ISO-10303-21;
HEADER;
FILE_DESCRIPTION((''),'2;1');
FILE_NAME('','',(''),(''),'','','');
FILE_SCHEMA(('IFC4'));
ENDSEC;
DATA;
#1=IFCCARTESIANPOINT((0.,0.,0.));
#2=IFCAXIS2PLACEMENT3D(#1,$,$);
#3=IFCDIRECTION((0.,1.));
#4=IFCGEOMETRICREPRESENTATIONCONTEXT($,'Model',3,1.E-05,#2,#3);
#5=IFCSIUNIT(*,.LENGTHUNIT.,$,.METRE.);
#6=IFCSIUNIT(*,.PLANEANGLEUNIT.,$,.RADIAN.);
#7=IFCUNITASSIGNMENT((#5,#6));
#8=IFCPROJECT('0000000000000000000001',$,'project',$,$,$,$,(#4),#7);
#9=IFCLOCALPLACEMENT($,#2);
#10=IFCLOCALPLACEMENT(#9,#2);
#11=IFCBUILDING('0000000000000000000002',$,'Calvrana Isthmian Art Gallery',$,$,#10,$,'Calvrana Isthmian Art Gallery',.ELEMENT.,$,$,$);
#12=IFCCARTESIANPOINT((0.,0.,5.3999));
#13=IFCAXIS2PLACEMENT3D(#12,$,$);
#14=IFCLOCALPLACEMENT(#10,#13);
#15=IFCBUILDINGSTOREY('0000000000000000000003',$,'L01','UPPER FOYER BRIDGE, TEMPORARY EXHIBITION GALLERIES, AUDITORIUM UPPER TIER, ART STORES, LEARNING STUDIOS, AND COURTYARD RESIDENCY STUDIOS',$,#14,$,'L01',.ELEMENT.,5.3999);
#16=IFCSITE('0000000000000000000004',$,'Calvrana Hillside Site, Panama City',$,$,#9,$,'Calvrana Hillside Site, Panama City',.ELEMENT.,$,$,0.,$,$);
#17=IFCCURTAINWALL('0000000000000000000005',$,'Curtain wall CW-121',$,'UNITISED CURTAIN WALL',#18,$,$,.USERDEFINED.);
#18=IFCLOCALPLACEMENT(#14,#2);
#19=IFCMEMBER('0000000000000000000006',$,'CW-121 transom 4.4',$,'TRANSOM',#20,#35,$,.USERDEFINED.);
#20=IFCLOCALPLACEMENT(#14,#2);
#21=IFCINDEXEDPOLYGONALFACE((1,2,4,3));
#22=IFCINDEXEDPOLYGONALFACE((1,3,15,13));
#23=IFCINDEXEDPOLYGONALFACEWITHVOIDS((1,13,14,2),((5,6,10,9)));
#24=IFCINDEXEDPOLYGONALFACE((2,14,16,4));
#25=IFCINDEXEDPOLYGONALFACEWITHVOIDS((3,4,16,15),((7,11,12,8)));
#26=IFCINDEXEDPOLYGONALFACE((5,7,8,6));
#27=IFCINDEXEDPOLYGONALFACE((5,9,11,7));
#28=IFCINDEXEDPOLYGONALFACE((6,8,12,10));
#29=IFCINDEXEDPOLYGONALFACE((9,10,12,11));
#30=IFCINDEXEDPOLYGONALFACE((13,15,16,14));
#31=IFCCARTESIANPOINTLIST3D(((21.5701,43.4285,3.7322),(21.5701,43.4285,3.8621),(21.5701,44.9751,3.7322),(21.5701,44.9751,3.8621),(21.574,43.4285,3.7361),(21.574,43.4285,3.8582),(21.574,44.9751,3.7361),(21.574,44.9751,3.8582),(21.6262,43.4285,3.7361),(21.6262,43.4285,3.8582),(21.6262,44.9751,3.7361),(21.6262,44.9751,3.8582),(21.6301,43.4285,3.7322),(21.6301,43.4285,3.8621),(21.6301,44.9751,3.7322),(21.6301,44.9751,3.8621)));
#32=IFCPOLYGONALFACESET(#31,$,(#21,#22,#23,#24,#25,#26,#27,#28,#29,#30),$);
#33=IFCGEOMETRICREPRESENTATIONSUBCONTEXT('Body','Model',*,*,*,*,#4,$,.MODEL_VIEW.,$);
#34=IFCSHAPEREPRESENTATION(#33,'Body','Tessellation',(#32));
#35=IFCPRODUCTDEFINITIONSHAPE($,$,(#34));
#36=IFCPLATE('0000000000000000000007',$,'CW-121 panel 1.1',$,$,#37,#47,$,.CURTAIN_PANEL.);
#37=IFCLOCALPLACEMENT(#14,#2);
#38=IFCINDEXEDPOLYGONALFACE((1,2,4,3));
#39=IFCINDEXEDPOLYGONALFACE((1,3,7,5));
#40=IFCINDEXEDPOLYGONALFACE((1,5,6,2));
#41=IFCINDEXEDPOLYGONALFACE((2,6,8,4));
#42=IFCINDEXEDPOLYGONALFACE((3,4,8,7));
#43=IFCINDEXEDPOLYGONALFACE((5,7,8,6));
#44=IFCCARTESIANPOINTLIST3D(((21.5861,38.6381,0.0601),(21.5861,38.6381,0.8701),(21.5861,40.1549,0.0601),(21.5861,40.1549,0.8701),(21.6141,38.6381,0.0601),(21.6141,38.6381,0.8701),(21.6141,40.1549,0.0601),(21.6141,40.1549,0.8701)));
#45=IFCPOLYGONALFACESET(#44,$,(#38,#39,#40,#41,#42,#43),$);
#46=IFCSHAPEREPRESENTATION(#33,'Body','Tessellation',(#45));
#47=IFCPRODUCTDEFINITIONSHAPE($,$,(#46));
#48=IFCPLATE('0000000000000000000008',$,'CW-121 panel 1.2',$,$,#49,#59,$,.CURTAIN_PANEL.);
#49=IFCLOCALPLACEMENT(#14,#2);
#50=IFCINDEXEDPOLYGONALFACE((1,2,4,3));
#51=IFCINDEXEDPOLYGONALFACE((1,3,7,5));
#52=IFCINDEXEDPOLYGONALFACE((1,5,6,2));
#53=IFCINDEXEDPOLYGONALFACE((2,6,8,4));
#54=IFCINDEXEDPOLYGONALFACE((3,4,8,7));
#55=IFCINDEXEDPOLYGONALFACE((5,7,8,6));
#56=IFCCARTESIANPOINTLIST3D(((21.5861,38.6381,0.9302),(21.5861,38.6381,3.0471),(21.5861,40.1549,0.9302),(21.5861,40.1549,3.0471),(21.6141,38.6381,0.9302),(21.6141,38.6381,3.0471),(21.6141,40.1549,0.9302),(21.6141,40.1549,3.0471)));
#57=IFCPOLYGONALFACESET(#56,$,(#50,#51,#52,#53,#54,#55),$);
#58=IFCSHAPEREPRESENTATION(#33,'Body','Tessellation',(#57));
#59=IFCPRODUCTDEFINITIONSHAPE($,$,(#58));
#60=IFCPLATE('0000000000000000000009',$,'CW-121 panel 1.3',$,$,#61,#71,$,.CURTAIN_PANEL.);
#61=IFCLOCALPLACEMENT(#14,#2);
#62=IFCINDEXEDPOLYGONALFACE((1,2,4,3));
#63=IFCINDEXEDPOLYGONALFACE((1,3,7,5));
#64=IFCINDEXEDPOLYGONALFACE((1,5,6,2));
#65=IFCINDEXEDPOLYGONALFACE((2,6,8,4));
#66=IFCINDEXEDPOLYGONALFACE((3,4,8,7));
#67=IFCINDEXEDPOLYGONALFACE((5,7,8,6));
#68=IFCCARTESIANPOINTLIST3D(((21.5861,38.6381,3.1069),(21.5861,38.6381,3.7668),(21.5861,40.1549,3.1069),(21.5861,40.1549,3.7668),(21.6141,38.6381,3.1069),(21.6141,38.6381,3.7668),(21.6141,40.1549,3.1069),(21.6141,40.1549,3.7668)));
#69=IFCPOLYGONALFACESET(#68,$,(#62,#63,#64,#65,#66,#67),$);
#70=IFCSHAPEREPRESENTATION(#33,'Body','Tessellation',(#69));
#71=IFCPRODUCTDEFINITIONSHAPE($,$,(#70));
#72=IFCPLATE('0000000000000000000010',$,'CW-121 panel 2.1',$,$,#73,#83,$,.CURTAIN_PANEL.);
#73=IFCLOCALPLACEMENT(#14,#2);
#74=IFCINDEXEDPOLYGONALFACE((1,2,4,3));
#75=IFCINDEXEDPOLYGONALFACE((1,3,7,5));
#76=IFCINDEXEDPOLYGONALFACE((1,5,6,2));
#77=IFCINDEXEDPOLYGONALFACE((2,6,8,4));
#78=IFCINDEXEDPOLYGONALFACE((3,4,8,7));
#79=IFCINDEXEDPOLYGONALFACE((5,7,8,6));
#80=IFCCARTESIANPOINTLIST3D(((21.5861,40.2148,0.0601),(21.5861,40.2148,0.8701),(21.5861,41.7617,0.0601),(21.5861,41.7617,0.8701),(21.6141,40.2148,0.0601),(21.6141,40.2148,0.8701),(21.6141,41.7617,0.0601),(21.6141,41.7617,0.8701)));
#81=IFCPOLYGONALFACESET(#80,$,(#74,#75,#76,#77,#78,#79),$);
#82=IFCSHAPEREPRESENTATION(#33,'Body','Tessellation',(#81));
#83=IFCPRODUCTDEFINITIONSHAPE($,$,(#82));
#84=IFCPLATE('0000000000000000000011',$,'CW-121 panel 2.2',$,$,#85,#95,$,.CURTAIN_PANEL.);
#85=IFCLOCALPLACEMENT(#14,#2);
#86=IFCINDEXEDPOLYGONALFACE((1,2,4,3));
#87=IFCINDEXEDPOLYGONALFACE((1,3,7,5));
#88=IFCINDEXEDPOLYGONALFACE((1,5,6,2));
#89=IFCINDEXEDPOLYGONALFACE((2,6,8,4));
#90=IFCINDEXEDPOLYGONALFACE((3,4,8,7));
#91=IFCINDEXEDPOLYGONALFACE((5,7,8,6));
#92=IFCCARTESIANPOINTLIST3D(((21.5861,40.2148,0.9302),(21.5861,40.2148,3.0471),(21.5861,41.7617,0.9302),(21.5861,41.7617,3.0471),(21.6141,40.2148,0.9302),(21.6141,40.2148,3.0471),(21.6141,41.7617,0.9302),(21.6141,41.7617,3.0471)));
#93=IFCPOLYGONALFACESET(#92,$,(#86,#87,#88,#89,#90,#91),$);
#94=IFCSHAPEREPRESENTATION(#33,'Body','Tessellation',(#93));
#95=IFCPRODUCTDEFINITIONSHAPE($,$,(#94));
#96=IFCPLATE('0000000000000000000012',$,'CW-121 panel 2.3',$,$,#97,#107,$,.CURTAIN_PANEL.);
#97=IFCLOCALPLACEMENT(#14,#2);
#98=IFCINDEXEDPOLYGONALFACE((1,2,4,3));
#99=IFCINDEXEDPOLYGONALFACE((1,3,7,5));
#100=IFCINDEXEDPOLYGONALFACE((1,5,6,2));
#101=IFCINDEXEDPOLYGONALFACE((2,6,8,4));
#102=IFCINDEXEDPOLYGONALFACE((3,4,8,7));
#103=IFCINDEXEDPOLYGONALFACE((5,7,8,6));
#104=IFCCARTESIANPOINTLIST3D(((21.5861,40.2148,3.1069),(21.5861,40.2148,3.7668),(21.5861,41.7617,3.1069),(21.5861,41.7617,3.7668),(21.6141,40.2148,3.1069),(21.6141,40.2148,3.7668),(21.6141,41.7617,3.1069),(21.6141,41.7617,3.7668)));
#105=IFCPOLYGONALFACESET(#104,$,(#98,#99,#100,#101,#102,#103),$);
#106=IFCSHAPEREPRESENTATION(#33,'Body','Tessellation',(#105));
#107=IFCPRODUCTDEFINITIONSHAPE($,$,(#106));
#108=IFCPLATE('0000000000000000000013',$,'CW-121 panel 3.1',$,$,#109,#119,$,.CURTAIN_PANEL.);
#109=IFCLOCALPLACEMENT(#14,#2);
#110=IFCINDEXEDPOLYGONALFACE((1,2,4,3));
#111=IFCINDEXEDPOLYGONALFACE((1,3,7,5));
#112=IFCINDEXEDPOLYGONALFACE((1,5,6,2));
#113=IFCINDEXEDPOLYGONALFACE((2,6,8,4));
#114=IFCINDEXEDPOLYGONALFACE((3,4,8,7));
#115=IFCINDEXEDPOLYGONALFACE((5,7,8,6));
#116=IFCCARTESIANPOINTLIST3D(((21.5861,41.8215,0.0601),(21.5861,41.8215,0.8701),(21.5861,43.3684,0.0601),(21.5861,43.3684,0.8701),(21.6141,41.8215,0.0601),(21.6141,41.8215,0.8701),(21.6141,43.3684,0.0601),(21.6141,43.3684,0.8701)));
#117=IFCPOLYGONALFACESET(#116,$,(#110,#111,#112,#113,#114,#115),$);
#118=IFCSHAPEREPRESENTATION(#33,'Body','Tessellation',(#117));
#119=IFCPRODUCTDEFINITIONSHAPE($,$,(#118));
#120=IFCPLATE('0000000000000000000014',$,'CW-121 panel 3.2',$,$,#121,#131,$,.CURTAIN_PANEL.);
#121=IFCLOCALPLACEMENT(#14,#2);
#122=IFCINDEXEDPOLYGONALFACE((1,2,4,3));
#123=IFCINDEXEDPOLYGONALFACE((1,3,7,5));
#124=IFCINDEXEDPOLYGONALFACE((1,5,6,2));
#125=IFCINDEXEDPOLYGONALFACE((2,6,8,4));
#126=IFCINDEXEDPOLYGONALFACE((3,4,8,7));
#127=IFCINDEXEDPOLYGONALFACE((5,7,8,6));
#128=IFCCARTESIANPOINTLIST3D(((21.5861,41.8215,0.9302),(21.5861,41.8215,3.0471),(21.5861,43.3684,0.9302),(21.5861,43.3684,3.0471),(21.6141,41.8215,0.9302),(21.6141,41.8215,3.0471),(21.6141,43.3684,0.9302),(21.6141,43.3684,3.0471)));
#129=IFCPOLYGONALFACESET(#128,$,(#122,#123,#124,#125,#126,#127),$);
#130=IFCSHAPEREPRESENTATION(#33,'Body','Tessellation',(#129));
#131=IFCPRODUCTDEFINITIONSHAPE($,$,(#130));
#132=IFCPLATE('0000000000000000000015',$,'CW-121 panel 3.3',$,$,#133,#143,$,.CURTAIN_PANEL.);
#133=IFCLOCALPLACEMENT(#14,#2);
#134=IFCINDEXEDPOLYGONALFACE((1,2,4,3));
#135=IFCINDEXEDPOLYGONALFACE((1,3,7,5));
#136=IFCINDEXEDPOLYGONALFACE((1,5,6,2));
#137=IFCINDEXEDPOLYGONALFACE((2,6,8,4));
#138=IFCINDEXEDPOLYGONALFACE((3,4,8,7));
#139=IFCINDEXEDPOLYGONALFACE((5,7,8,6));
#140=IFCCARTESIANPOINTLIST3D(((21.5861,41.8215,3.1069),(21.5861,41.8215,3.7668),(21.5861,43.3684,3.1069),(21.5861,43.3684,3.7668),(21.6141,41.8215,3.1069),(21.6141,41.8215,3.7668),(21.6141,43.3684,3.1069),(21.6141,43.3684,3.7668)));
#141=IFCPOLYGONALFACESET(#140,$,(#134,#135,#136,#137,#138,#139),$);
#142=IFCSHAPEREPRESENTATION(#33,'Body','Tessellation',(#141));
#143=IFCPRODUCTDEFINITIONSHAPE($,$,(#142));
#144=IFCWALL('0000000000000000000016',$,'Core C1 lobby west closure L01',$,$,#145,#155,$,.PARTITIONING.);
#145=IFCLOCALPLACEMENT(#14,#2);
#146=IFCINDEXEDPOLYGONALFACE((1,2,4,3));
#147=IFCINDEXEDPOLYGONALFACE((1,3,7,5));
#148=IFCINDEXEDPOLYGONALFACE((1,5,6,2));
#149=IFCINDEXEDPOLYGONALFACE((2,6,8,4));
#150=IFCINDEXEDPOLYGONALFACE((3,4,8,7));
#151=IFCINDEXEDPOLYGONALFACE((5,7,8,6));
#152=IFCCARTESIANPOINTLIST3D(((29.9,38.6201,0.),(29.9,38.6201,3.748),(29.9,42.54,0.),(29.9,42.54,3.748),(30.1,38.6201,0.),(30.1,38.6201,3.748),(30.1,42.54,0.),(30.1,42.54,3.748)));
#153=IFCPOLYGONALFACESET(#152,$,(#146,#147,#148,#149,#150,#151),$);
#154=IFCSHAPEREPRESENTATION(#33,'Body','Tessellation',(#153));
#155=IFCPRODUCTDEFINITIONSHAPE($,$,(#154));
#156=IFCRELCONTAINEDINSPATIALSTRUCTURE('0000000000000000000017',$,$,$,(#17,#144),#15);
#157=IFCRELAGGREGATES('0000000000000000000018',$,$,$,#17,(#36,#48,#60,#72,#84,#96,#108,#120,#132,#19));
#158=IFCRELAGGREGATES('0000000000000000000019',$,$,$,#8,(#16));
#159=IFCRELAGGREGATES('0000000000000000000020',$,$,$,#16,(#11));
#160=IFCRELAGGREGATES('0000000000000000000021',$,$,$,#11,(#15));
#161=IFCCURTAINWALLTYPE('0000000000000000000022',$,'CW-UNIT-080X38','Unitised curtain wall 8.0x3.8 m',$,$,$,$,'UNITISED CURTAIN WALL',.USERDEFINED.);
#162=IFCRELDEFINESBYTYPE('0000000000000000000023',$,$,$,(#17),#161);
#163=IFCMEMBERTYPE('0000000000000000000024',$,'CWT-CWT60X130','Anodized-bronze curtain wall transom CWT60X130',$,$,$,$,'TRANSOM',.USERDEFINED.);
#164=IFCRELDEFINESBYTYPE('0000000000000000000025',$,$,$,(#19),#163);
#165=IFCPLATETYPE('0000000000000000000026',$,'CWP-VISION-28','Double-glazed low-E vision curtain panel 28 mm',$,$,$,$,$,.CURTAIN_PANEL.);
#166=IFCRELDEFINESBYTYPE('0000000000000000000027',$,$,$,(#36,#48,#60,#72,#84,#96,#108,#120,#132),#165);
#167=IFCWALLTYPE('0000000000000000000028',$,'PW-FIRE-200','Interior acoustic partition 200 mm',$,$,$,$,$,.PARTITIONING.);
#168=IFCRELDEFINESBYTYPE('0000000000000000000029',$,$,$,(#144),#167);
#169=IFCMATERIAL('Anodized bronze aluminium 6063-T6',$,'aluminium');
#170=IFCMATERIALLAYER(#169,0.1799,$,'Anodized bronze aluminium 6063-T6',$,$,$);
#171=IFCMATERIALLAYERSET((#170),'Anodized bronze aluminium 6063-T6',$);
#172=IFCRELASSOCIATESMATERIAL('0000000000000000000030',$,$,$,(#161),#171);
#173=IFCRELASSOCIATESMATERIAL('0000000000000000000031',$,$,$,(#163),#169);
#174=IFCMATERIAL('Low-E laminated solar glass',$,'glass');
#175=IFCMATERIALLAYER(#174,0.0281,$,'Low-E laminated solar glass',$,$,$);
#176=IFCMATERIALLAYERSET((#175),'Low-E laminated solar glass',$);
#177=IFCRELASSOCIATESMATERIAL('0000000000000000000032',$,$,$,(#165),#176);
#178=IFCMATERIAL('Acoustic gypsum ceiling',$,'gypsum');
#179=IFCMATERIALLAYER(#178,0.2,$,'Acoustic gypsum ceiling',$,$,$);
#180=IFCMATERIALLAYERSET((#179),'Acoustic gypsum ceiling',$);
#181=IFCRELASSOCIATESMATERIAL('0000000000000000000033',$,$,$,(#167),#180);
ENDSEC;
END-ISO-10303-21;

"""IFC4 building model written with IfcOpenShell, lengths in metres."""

from ifc_helpers import new_model, si_unit, direction, frame, frame_2d, origin, origin_2d, place, context, subcontext, project, spatial, rectangle, hollow_rectangle, extrude, material, layer, layer_set, material_profile, profile_set, type_object, element, aggregate, save


model = new_model("IFC4")

# Units and contexts
model_context = context("Model", 3, precision=1e-05, world=origin(), true_north=direction((0.0, 1.0)))
body_context = subcontext(model_context, "Body", "Model", "MODEL_VIEW")
ifc_project = project(units=[si_unit("LENGTHUNIT", "METRE"), si_unit("PLANEANGLEUNIT", "RADIAN")], contexts=[model_context])

# Site, building, storey
site_placement = place(None, origin())
site = spatial("IfcSite", under=ifc_project, at=site_placement, Name="Calvrana Hillside Site, Panama City", LongName="Calvrana Hillside Site, Panama City", CompositionType="ELEMENT", RefElevation=0.0)
building_placement = place(site_placement, origin())
building = spatial("IfcBuilding", under=site, at=building_placement, Name="Calvrana Isthmian Art Gallery", LongName="Calvrana Isthmian Art Gallery", CompositionType="ELEMENT")
storey_placement = place(building_placement, frame((0.0, 0.0, 5.3999)))
storey = spatial("IfcBuildingStorey", under=building, at=storey_placement, Name="L01", Description="UPPER FOYER BRIDGE, TEMPORARY EXHIBITION GALLERIES, AUDITORIUM UPPER TIER, ART STORES, LEARNING STUDIOS, AND COURTYARD RESIDENCY STUDIOS", LongName="L01", CompositionType="ELEMENT", Elevation=5.3999)

# Curtain wall, member, plates
ifc_material_1 = material(Name="Anodized bronze aluminium 6063-T6", Category="aluminium")
ifc_layer_1 = layer(ifc_material_1, 0.1799, Name="Anodized bronze aluminium 6063-T6")
ifc_layer_set_1 = layer_set([ifc_layer_1], Name="Anodized bronze aluminium 6063-T6")
curtain_wall_type = type_object("IfcCurtainWallType", Name="CW-UNIT-080X38", Description="Unitised curtain wall 8.0x3.8 m", ElementType="UNITISED CURTAIN WALL", PredefinedType="USERDEFINED", material=ifc_layer_set_1)
curtain_wall_placement = place(storey_placement, origin())
curtain_wall = element("IfcCurtainWall", 1, at=curtain_wall_placement, inside=storey, type_object=curtain_wall_type, Name="Curtain wall CW-121", ObjectType="UNITISED CURTAIN WALL", PredefinedType="USERDEFINED")
ifc_material_profile_1 = material_profile(ifc_material_1, hollow_rectangle(XDim=0.0601, YDim=0.1299, WallThickness=0.0039, at=origin_2d()), Name="CWT60X130")
ifc_profile_set_1 = profile_set([ifc_material_profile_1], Name="Anodized bronze aluminium 6063-T6")
member_type_1 = type_object("IfcMemberType", Name="CWT-CWT60X130", Description="Anodized-bronze curtain wall transom CWT60X130", ElementType="TRANSOM", PredefinedType="USERDEFINED", material=ifc_profile_set_1)
member_1_placement = place(storey_placement, frame((21.6001, 43.4285, 3.7971), z_axis=(0.0, 1.0, 0.0), x_axis=(-1.0, 0.0, 0.0)))
member_1 = element("IfcMember", 2, at=member_1_placement, type_object=member_type_1, Name="CW-121 transom 4.4", ObjectType="TRANSOM", PredefinedType="USERDEFINED", context=body_context, shape_type="SweptSolid", body=[
    extrude(hollow_rectangle(XDim=0.0601, YDim=0.1299, WallThickness=0.0039, at=origin_2d()), origin(), (0.0, 0.0, 1.0), 1.5466),
])
ifc_material_2 = material(Name="Low-E laminated solar glass", Category="glass")
ifc_layer_2 = layer(ifc_material_2, 0.0281, Name="Low-E laminated solar glass")
ifc_layer_set_2 = layer_set([ifc_layer_2], Name="Low-E laminated solar glass")
plate_type = type_object("IfcPlateType", Name="CWP-VISION-28", Description="Double-glazed low-E vision curtain panel 28 mm", PredefinedType="CURTAIN_PANEL", material=ifc_layer_set_2)
plate_1_placement = place(storey_placement, frame((21.6001, 39.3965, 0.0601), z_axis=(0.0, 0.0, 1.0), x_axis=(0.0, 1.0, 0.0)))
plate_1 = element("IfcPlate", 3, at=plate_1_placement, type_object=plate_type, Name="CW-121 panel 1.1", PredefinedType="CURTAIN_PANEL", context=body_context, shape_type="SweptSolid", body=[
    extrude(rectangle(XDim=1.5168, YDim=0.0281, at=origin_2d()), origin(), (0.0, 0.0, 1.0), 0.8101),
])
plate_2_placement = place(storey_placement, frame((21.6001, 39.3965, 0.9302), z_axis=(0.0, 0.0, 1.0), x_axis=(0.0, 1.0, 0.0)))
plate_2 = element("IfcPlate", 4, at=plate_2_placement, type_object=plate_type, Name="CW-121 panel 1.2", PredefinedType="CURTAIN_PANEL", context=body_context, shape_type="SweptSolid", body=[
    extrude(rectangle(XDim=1.5168, YDim=0.0281, at=origin_2d()), origin(), (0.0, 0.0, 1.0), 2.1169),
])
plate_3_placement = place(storey_placement, frame((21.6001, 39.3965, 3.1069), z_axis=(0.0, 0.0, 1.0), x_axis=(0.0, 1.0, 0.0)))
plate_3 = element("IfcPlate", 5, at=plate_3_placement, type_object=plate_type, Name="CW-121 panel 1.3", PredefinedType="CURTAIN_PANEL", context=body_context, shape_type="SweptSolid", body=[
    extrude(rectangle(XDim=1.5168, YDim=0.0281, at=origin_2d()), origin(), (0.0, 0.0, 1.0), 0.6599),
])
plate_4_placement = place(storey_placement, frame((21.6001, 40.9883, 0.0601), z_axis=(0.0, 0.0, 1.0), x_axis=(0.0, 1.0, 0.0)))
plate_4 = element("IfcPlate", 6, at=plate_4_placement, type_object=plate_type, Name="CW-121 panel 2.1", PredefinedType="CURTAIN_PANEL", context=body_context, shape_type="SweptSolid", body=[
    extrude(rectangle(XDim=1.5469, YDim=0.0281, at=origin_2d()), origin(), (0.0, 0.0, 1.0), 0.8101),
])
plate_5_placement = place(storey_placement, frame((21.6001, 40.9883, 0.9302), z_axis=(0.0, 0.0, 1.0), x_axis=(0.0, 1.0, 0.0)))
plate_5 = element("IfcPlate", 7, at=plate_5_placement, type_object=plate_type, Name="CW-121 panel 2.2", PredefinedType="CURTAIN_PANEL", context=body_context, shape_type="SweptSolid", body=[
    extrude(rectangle(XDim=1.5469, YDim=0.0281, at=origin_2d()), origin(), (0.0, 0.0, 1.0), 2.1169),
])
plate_6_placement = place(storey_placement, frame((21.6001, 40.9883, 3.1069), z_axis=(0.0, 0.0, 1.0), x_axis=(0.0, 1.0, 0.0)))
plate_6 = element("IfcPlate", 8, at=plate_6_placement, type_object=plate_type, Name="CW-121 panel 2.3", PredefinedType="CURTAIN_PANEL", context=body_context, shape_type="SweptSolid", body=[
    extrude(rectangle(XDim=1.5469, YDim=0.0281, at=origin_2d()), origin(), (0.0, 0.0, 1.0), 0.6599),
])
plate_7_placement = place(storey_placement, frame((21.6001, 42.595, 0.0601), z_axis=(0.0, 0.0, 1.0), x_axis=(0.0, 1.0, 0.0)))
plate_7 = element("IfcPlate", 9, at=plate_7_placement, type_object=plate_type, Name="CW-121 panel 3.1", PredefinedType="CURTAIN_PANEL", context=body_context, shape_type="SweptSolid", body=[
    extrude(rectangle(XDim=1.5469, YDim=0.0281, at=origin_2d()), origin(), (0.0, 0.0, 1.0), 0.8101),
])
plate_8_placement = place(storey_placement, frame((21.6001, 42.595, 0.9302), z_axis=(0.0, 0.0, 1.0), x_axis=(0.0, 1.0, 0.0)))
plate_8 = element("IfcPlate", 10, at=plate_8_placement, type_object=plate_type, Name="CW-121 panel 3.2", PredefinedType="CURTAIN_PANEL", context=body_context, shape_type="SweptSolid", body=[
    extrude(rectangle(XDim=1.5469, YDim=0.0281, at=origin_2d()), origin(), (0.0, 0.0, 1.0), 2.1169),
])
plate_9_placement = place(storey_placement, frame((21.6001, 42.595, 3.1069), z_axis=(0.0, 0.0, 1.0), x_axis=(0.0, 1.0, 0.0)))
plate_9 = element("IfcPlate", 11, at=plate_9_placement, type_object=plate_type, Name="CW-121 panel 3.3", PredefinedType="CURTAIN_PANEL", context=body_context, shape_type="SweptSolid", body=[
    extrude(rectangle(XDim=1.5469, YDim=0.0281, at=origin_2d()), origin(), (0.0, 0.0, 1.0), 0.6599),
])
aggregate(curtain_wall, [plate_1, plate_2, plate_3, plate_4, plate_5, plate_6, plate_7, plate_8, plate_9, member_1])

# Wall
ifc_material_3 = material(Name="Acoustic gypsum ceiling", Category="gypsum")
ifc_layer_3 = layer(ifc_material_3, 0.2, Name="Acoustic gypsum ceiling")
ifc_layer_set_3 = layer_set([ifc_layer_3], Name="Acoustic gypsum ceiling")
wall_type = type_object("IfcWallType", Name="PW-FIRE-200", Description="Interior acoustic partition 200 mm", PredefinedType="PARTITIONING", material=ifc_layer_set_3)
wall_placement = place(storey_placement, frame((30.0, 38.6201, 0.0), z_axis=(0.0, 0.0, 1.0), x_axis=(0.0, 1.0, 0.0)))
element("IfcWall", 12, at=wall_placement, inside=storey, type_object=wall_type, Name="Core C1 lobby west closure L01", PredefinedType="PARTITIONING", context=body_context, shape_type="SweptSolid", body=[
    extrude(rectangle(XDim=3.9199, YDim=0.2, at=frame_2d((1.96, 0.0))), origin(), (0.0, 0.0, 1.0), 3.748),
])

save(model, "model.ifc")
